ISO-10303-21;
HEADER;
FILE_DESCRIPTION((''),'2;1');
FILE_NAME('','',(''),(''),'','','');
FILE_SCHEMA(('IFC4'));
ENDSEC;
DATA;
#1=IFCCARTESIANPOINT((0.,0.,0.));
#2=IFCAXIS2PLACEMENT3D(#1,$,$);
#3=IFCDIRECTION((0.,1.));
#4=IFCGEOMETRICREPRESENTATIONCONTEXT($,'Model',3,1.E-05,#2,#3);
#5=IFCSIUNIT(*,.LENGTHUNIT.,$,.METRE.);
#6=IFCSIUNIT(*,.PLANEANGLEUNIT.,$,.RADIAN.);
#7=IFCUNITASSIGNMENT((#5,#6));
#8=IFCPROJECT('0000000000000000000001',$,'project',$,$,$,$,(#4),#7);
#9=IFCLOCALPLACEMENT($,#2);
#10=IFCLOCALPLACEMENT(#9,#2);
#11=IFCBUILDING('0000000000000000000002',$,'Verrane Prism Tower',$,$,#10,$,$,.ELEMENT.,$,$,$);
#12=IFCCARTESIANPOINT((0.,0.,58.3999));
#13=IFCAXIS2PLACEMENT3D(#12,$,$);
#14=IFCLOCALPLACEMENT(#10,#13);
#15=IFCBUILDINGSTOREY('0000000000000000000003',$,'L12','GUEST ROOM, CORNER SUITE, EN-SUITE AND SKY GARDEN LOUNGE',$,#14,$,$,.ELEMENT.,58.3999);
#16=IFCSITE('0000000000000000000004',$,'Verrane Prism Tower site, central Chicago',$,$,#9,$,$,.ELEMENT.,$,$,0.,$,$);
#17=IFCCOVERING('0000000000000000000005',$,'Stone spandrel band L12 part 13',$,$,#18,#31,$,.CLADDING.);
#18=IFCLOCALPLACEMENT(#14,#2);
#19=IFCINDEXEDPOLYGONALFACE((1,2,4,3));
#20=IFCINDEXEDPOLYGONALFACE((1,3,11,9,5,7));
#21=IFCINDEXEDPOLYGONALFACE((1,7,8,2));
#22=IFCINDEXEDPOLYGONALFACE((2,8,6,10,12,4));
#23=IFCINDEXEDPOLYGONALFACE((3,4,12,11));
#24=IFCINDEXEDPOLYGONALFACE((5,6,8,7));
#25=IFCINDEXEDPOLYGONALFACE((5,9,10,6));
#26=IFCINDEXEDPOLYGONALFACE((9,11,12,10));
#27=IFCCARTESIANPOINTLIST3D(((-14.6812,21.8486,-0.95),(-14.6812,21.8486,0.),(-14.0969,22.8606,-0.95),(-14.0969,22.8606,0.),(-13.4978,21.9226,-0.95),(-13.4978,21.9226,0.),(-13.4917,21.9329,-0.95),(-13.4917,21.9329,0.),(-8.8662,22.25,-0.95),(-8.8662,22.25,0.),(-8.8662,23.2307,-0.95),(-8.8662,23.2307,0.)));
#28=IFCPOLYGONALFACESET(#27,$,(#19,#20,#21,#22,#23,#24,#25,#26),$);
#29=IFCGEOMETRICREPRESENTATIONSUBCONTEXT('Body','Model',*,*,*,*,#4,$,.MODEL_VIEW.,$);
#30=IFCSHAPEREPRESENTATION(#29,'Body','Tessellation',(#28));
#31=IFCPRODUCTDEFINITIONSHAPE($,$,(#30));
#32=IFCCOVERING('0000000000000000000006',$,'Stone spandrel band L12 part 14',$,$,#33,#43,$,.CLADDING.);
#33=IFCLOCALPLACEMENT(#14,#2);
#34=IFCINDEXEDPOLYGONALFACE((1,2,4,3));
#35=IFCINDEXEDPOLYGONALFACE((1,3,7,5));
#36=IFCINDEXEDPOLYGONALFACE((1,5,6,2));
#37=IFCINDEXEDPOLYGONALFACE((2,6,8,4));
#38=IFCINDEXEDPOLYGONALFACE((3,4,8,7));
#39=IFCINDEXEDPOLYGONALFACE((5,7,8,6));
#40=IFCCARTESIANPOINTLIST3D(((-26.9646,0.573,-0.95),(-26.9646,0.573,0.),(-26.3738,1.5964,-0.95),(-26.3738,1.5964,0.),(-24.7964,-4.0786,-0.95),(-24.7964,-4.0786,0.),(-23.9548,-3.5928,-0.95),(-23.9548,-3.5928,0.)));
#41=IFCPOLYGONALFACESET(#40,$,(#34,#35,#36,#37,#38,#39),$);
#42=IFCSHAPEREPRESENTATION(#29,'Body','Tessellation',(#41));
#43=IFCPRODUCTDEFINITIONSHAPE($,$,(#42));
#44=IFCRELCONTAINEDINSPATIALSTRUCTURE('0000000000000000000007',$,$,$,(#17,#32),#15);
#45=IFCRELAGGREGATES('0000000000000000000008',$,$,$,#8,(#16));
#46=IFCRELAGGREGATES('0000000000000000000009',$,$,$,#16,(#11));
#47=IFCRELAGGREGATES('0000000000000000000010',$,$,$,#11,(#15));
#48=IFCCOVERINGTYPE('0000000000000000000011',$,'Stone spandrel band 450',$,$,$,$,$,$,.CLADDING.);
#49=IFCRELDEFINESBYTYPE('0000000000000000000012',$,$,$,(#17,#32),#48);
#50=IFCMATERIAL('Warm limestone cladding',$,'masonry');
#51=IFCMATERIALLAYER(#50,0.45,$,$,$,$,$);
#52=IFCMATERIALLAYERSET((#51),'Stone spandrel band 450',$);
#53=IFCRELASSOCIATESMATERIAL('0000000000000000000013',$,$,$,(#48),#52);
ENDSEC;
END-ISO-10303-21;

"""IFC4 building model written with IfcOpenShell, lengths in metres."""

from ifc_helpers import new_model, si_unit, direction, frame, origin, place, context, subcontext, project, spatial, polyline, outline, extrude, material, layer, layer_set, type_object, element, save


model = new_model("IFC4")

# Units and contexts
model_context = context("Model", 3, precision=1e-05, world=origin(), true_north=direction((0.0, 1.0)))
body_context = subcontext(model_context, "Body", "Model", "MODEL_VIEW")
ifc_project = project(units=[si_unit("LENGTHUNIT", "METRE"), si_unit("PLANEANGLEUNIT", "RADIAN")], contexts=[model_context])

# Site, building, storey
site_placement = place(None, origin())
site = spatial("IfcSite", under=ifc_project, at=site_placement, Name="Verrane Prism Tower site, central Chicago", CompositionType="ELEMENT", RefElevation=0.0)
building_placement = place(site_placement, origin())
building = spatial("IfcBuilding", under=site, at=building_placement, Name="Verrane Prism Tower", CompositionType="ELEMENT")
storey_placement = place(building_placement, frame((0.0, 0.0, 58.3999)))
storey = spatial("IfcBuildingStorey", under=building, at=storey_placement, Name="L12", Description="GUEST ROOM, CORNER SUITE, EN-SUITE AND SKY GARDEN LOUNGE", CompositionType="ELEMENT", Elevation=58.3999)

# Coverings
ifc_material_1 = material(Name="Warm limestone cladding", Category="masonry")
ifc_layer_1 = layer(ifc_material_1, 0.45)
ifc_layer_set_1 = layer_set([ifc_layer_1], Name="Stone spandrel band 450")
covering_type_1 = type_object("IfcCoveringType", Name="Stone spandrel band 450", PredefinedType="CLADDING", material=ifc_layer_set_1)
covering_1_placement = place(storey_placement, frame((0.0, 0.0, -0.95)))
element("IfcCovering", 1, at=covering_1_placement, inside=storey, type_object=covering_type_1, Name="Stone spandrel band L12 part 13", PredefinedType="CLADDING", context=body_context, shape_type="SweptSolid", body=[
    extrude(outline(polyline([(-8.8662, 22.25), (-8.8662, 23.2307), (-14.0969, 22.8606), (-14.6812, 21.8486), (-13.4917, 21.9329), (-13.4978, 21.9226), (-8.8662, 22.25)])), origin(), (0.0, 0.0, 1.0), 0.95),
])
covering_2_placement = place(storey_placement, frame((0.0, 0.0, -0.95)))
element("IfcCovering", 2, at=covering_2_placement, inside=storey, type_object=covering_type_1, Name="Stone spandrel band L12 part 14", PredefinedType="CLADDING", context=body_context, shape_type="SweptSolid", body=[
    extrude(outline(polyline([(-23.9548, -3.5928), (-26.3738, 1.5964), (-26.9646, 0.573), (-24.7964, -4.0786), (-23.9548, -3.5928)])), origin(), (0.0, 0.0, 1.0), 0.95),
])

save(model, "model.ifc")
